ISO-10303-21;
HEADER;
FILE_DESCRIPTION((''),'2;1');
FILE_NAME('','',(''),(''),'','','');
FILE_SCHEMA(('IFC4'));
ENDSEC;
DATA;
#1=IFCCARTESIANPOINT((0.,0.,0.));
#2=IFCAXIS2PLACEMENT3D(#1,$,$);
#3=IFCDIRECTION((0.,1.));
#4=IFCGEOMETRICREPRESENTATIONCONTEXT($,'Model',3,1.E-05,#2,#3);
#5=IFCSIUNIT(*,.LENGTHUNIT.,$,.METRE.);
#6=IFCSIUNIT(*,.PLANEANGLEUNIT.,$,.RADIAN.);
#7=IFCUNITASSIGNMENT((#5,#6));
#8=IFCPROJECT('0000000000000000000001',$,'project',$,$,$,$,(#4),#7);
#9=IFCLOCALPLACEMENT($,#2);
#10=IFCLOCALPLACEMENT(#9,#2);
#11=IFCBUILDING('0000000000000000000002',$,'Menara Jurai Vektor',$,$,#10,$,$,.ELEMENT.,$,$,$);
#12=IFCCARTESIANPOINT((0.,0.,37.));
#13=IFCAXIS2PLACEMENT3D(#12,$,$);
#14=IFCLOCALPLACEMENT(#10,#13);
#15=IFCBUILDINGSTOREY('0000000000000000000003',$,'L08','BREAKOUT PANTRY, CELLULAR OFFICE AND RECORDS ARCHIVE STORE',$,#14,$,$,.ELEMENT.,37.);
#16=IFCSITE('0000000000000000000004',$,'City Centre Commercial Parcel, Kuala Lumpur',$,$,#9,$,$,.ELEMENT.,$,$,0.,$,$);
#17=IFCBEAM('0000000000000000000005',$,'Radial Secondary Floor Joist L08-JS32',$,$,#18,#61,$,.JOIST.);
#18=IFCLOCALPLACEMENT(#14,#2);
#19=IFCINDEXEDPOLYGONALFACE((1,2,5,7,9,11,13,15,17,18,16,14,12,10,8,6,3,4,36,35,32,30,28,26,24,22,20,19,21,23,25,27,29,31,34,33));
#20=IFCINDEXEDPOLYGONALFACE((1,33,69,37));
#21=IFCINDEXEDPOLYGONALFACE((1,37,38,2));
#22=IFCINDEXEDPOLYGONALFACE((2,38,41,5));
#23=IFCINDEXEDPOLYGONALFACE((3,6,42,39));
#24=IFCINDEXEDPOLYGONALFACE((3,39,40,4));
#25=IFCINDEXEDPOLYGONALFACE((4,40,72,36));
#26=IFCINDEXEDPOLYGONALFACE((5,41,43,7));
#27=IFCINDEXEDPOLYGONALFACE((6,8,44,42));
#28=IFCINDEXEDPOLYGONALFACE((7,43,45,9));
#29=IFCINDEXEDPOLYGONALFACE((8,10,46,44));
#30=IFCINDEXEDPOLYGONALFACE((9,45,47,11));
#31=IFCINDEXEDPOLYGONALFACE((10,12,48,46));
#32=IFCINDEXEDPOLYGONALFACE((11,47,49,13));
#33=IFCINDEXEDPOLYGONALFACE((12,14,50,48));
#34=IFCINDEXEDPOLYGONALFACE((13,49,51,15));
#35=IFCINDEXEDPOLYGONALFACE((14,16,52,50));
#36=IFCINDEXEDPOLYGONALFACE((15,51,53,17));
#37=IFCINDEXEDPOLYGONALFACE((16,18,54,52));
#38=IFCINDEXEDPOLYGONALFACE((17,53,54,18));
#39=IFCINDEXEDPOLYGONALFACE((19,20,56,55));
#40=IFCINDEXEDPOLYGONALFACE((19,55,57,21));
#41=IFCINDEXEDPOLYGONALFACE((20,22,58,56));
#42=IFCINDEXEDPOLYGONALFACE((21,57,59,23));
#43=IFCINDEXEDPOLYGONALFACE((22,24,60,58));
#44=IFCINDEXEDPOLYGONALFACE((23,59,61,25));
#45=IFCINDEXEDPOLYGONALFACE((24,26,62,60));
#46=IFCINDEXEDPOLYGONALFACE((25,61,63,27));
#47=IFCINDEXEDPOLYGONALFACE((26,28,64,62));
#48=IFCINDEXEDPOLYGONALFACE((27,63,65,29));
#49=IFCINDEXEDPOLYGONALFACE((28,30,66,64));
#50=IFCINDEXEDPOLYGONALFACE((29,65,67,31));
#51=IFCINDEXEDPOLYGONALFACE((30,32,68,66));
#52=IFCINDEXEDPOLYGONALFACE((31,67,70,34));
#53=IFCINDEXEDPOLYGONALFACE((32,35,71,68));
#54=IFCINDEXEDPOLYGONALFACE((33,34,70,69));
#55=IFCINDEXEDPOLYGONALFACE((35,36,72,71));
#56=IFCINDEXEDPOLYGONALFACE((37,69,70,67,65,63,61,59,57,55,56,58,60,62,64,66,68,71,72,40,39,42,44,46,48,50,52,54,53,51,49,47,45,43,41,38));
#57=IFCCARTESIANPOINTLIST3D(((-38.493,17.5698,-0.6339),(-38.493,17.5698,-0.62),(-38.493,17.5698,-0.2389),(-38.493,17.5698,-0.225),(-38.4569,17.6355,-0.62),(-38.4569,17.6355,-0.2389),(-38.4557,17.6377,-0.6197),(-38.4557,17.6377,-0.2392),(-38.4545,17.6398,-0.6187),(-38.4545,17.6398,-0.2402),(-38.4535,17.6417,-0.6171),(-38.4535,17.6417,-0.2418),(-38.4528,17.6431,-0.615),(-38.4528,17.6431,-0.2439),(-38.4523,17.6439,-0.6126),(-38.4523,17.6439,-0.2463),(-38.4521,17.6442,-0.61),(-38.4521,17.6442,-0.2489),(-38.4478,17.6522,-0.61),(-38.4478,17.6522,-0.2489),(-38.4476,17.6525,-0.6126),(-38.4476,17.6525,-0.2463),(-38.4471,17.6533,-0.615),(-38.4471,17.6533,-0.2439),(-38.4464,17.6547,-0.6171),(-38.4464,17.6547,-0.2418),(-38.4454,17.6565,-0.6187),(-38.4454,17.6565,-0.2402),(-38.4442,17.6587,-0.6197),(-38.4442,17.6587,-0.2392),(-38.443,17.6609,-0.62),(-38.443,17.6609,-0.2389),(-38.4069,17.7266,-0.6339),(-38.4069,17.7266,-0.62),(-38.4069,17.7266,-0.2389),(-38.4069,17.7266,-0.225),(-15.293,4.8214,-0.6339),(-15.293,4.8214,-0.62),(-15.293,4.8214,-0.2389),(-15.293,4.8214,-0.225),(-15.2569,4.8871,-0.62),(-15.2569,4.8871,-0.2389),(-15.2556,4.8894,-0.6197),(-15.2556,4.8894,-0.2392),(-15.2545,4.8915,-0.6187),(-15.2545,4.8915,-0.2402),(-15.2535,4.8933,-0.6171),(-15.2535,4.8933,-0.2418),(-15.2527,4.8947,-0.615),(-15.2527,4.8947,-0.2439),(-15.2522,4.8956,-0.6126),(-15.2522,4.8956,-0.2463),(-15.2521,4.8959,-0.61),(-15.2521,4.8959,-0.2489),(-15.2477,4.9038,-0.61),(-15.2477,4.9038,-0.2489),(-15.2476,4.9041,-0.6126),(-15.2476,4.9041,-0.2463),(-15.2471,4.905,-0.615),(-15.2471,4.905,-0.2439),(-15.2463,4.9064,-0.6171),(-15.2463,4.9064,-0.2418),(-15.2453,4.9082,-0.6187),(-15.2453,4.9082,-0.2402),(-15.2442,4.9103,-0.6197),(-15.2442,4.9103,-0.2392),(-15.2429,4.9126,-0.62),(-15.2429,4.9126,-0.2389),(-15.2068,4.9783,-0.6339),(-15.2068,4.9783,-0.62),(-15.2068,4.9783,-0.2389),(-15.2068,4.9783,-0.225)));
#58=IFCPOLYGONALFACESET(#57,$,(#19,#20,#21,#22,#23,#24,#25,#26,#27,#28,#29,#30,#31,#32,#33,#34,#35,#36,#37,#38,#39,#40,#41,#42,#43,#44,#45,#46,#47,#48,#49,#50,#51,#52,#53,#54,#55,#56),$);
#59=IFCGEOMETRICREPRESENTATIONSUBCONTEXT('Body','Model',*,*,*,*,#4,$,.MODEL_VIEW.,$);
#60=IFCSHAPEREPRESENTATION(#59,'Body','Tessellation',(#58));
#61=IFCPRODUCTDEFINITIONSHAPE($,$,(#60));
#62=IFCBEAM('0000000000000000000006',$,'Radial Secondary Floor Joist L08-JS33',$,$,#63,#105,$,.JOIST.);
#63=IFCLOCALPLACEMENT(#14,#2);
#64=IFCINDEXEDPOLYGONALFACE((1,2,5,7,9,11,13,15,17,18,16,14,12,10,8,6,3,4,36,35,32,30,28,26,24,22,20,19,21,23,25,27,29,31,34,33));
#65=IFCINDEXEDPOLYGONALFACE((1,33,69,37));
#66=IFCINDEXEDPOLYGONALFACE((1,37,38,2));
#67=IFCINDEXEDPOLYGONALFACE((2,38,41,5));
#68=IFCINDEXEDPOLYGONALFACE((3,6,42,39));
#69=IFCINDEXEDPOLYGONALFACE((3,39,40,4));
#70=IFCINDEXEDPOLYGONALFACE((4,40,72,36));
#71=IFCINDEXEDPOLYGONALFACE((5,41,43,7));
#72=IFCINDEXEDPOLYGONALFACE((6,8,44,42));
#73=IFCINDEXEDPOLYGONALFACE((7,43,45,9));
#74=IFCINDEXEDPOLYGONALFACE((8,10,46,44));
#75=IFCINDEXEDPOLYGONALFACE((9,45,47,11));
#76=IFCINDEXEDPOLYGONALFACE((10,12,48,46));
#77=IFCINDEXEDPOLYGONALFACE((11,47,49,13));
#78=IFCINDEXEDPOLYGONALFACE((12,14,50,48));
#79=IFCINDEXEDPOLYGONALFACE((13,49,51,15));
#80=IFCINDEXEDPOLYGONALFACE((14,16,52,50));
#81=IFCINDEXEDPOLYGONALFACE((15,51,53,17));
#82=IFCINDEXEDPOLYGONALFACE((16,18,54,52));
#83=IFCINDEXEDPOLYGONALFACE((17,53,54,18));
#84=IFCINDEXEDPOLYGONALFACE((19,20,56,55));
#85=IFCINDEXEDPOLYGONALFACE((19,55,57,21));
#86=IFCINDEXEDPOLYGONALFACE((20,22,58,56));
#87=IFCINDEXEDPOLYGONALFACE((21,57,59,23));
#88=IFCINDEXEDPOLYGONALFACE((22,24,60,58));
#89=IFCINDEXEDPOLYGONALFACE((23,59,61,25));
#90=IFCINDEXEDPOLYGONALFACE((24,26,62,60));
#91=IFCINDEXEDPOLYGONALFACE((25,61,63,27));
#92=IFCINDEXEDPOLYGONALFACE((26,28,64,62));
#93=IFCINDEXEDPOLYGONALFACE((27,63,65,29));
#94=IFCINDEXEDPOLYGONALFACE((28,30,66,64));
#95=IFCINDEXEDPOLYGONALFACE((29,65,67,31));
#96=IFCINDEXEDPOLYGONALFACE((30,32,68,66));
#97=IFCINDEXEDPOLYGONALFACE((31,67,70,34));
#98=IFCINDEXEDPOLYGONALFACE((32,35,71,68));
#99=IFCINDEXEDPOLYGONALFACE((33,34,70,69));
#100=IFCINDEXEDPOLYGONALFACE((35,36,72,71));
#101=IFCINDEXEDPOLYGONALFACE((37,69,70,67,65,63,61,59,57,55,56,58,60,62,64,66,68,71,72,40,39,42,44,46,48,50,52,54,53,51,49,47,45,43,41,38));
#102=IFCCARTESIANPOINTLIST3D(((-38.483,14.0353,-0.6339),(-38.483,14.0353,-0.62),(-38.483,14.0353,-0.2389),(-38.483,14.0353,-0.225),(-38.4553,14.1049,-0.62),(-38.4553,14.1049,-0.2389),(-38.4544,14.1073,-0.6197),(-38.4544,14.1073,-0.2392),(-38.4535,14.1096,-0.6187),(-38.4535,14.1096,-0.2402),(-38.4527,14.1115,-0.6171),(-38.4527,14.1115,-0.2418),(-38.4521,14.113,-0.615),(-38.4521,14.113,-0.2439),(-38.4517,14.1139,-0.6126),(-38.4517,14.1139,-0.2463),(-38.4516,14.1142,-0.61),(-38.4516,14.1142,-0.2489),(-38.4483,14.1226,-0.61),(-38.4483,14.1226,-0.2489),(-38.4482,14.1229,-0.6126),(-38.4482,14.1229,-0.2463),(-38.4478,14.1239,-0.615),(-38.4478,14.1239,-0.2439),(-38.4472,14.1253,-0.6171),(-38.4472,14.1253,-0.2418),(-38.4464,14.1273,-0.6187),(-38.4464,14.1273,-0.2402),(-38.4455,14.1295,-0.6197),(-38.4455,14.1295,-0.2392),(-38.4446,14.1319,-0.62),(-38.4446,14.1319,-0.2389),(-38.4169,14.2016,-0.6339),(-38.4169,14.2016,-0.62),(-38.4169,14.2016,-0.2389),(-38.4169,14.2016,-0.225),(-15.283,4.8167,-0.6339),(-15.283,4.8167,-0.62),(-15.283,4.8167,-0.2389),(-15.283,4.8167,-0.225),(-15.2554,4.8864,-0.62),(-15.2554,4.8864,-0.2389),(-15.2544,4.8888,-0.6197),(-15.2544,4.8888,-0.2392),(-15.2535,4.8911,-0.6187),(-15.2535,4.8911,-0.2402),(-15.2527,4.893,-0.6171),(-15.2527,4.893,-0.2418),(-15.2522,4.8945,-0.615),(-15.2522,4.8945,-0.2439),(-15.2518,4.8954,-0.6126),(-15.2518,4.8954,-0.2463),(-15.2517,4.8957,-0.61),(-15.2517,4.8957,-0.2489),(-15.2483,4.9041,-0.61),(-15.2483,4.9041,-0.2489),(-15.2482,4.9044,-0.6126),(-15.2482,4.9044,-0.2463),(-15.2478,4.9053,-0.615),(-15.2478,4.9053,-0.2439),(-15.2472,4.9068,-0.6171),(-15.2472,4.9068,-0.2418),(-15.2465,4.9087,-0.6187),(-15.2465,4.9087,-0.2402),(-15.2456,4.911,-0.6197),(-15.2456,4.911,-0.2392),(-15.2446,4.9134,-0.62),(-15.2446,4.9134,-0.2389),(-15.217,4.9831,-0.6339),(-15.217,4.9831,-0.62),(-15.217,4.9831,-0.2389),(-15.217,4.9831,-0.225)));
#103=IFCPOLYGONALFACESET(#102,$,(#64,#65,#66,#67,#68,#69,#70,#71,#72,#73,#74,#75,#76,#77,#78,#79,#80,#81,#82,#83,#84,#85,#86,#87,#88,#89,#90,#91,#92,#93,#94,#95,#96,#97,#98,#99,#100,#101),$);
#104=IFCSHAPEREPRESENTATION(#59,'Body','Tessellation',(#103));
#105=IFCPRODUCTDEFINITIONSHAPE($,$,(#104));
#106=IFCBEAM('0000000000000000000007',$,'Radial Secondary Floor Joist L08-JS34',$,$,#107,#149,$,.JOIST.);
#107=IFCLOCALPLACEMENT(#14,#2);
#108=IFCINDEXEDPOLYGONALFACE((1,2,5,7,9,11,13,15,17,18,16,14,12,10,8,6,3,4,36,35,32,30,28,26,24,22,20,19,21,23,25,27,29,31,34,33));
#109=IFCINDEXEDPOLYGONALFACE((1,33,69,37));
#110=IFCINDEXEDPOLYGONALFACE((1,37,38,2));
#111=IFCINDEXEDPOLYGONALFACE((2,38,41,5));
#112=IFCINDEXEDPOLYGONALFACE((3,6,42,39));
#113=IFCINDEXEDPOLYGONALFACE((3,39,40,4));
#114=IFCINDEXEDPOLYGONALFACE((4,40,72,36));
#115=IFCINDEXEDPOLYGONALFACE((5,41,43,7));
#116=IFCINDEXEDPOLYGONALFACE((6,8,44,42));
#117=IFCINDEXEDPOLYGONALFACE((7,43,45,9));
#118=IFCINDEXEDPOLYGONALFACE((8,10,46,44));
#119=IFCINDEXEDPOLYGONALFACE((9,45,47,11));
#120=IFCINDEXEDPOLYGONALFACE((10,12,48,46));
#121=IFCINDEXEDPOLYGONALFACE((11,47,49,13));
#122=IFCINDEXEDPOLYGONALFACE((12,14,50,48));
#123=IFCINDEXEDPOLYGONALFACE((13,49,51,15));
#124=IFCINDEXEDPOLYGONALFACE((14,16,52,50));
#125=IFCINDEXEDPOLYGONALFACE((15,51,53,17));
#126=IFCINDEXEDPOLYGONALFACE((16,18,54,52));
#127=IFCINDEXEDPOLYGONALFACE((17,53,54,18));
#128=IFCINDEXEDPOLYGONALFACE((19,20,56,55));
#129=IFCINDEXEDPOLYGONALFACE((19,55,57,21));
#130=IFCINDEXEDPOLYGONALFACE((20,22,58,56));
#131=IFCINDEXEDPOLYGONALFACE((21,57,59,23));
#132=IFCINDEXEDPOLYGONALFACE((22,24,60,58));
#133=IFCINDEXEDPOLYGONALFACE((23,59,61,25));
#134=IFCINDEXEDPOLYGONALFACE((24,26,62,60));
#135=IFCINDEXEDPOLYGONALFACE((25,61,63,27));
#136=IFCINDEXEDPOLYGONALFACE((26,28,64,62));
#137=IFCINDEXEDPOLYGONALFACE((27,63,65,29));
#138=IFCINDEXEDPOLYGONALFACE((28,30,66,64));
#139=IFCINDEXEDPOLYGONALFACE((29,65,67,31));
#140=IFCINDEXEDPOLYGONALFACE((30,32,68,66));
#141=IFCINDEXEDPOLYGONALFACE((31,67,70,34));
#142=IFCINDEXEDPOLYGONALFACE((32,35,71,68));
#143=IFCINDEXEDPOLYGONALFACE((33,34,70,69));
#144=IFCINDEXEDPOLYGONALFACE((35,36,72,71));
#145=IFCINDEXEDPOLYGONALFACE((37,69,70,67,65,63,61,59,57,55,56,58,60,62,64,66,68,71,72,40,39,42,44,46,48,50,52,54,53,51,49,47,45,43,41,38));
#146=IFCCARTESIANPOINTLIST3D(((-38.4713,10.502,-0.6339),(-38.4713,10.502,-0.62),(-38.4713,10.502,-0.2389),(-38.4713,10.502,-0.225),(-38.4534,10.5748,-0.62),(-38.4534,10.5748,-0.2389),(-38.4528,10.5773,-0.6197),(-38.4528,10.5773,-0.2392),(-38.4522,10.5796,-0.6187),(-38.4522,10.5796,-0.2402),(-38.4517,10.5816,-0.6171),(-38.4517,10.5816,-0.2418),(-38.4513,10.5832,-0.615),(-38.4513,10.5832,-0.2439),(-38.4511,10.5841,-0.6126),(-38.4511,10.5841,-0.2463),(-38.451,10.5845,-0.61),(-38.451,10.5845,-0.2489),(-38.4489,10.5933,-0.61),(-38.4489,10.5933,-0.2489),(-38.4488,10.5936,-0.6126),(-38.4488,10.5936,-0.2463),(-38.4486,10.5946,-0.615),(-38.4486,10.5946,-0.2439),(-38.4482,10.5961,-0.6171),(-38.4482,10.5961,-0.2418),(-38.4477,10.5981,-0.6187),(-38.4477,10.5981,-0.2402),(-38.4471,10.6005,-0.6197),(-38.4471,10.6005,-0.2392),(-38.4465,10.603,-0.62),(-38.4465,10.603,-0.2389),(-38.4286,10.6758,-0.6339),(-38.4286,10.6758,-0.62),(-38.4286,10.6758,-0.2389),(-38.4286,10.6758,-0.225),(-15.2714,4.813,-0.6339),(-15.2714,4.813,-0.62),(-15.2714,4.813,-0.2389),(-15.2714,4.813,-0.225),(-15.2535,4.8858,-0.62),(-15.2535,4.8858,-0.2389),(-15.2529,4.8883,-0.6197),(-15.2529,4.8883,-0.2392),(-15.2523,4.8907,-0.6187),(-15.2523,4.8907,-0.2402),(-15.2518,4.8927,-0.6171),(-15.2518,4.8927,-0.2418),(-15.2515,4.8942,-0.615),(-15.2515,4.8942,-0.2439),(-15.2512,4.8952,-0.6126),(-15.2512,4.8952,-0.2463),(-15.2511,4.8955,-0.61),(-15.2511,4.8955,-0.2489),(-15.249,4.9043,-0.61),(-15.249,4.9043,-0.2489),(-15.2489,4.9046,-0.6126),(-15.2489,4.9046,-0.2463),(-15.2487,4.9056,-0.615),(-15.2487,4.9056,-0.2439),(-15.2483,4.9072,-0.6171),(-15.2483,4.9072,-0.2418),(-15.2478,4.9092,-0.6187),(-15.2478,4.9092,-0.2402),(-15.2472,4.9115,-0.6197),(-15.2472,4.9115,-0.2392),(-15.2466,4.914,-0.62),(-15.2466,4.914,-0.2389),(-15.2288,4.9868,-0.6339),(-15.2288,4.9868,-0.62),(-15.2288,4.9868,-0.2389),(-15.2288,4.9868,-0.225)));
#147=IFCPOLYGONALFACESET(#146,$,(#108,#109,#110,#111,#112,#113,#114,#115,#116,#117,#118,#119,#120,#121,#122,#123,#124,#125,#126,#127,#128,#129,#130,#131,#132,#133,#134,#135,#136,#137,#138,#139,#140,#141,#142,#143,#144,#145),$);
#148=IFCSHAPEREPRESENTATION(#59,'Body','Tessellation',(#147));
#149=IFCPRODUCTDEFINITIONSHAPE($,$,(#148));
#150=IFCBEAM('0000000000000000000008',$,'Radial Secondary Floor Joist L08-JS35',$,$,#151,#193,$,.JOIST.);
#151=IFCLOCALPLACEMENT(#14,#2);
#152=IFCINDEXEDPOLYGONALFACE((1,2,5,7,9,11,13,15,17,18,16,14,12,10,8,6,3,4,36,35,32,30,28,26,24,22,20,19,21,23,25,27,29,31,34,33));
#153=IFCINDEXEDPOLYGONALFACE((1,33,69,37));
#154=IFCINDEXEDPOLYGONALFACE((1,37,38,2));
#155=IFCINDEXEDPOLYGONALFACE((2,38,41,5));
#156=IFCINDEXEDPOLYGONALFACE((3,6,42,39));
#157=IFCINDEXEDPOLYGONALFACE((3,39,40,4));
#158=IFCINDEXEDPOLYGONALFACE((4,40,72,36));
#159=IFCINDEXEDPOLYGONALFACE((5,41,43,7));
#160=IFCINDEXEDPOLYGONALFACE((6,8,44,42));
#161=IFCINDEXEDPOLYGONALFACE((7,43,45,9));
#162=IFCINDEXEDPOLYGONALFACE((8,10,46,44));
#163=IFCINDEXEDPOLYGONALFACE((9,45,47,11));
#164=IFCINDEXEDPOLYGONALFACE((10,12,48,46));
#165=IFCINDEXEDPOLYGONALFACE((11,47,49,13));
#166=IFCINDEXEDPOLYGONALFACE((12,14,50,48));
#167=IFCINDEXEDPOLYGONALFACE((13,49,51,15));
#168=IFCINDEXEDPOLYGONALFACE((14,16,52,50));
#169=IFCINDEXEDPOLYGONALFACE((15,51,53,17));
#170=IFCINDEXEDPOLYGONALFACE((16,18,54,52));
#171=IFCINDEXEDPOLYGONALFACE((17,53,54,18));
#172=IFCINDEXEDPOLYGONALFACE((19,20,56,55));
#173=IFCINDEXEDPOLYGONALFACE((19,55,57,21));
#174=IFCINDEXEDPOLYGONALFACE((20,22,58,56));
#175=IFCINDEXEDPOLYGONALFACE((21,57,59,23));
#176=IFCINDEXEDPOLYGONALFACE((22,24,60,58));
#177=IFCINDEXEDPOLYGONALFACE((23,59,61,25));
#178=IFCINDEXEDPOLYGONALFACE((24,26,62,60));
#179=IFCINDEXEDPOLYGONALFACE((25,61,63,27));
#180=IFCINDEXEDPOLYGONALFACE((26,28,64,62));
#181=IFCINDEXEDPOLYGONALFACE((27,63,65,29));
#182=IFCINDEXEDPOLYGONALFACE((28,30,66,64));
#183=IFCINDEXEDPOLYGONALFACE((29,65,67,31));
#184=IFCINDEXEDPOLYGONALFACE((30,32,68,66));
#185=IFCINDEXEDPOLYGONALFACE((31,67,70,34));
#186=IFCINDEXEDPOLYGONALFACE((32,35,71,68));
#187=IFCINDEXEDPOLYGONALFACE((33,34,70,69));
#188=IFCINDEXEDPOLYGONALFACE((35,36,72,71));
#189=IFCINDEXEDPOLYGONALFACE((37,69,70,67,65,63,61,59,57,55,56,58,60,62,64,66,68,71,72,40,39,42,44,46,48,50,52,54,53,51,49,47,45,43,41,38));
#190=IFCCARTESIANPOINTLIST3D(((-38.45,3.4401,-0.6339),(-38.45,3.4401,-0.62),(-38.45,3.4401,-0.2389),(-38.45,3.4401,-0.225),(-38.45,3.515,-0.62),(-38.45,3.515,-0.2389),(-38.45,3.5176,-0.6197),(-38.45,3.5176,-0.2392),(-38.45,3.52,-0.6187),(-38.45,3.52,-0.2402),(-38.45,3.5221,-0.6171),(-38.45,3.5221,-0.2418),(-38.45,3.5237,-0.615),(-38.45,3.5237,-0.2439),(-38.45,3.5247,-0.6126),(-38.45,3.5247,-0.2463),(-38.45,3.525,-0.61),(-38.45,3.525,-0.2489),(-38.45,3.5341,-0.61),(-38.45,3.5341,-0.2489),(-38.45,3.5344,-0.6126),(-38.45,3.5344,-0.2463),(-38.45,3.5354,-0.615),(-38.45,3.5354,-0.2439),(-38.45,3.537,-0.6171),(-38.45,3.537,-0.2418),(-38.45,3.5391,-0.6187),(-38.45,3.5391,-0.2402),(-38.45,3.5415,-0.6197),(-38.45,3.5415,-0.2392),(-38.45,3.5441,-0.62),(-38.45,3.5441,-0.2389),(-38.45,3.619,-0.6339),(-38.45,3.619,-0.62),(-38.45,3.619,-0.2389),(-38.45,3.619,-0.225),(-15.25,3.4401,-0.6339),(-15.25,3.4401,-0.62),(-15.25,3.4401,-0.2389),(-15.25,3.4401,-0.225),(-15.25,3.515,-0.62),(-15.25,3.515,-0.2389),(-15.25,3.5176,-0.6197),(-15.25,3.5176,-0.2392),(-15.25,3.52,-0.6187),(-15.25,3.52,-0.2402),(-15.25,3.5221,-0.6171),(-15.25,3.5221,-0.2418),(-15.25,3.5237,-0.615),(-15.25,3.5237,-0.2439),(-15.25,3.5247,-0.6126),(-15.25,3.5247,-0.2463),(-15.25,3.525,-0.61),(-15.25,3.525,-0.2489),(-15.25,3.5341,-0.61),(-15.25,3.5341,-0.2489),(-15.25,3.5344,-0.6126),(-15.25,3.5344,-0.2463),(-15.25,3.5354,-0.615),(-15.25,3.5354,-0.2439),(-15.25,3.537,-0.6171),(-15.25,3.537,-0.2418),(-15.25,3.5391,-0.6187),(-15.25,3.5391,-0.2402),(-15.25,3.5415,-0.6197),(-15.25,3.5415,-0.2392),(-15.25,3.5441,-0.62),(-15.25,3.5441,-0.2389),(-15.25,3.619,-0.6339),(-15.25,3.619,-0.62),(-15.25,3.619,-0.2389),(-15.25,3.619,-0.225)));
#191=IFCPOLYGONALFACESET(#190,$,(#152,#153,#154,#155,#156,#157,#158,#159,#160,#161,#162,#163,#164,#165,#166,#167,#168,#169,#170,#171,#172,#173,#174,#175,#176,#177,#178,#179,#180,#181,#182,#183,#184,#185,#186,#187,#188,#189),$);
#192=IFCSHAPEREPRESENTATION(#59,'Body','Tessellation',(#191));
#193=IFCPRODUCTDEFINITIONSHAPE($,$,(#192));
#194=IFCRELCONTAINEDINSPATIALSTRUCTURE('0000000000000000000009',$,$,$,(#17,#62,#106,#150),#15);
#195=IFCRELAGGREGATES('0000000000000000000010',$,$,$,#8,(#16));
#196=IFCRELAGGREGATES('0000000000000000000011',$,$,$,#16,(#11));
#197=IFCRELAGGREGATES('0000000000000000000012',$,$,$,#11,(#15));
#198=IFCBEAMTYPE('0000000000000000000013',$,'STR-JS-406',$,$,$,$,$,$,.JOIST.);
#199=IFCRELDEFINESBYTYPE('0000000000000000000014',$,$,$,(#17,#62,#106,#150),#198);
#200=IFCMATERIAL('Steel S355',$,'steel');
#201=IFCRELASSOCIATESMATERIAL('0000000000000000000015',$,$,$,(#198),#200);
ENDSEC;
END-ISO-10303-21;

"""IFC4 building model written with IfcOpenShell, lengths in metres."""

from ifc_helpers import new_model, si_unit, direction, frame, origin, origin_2d, place, context, subcontext, project, spatial, i_section, extrude, material, material_profile, profile_set, type_object, element, save


model = new_model("IFC4")

# Units and contexts
model_context = context("Model", 3, precision=1e-05, world=origin(), true_north=direction((0.0, 1.0)))
body_context = subcontext(model_context, "Body", "Model", "MODEL_VIEW")
ifc_project = project(units=[si_unit("LENGTHUNIT", "METRE"), si_unit("PLANEANGLEUNIT", "RADIAN")], contexts=[model_context])

# Site, building, storey
site_placement = place(None, origin())
site = spatial("IfcSite", under=ifc_project, at=site_placement, Name="City Centre Commercial Parcel, Kuala Lumpur", CompositionType="ELEMENT", RefElevation=0.0)
building_placement = place(site_placement, origin())
building = spatial("IfcBuilding", under=site, at=building_placement, Name="Menara Jurai Vektor", CompositionType="ELEMENT")
storey_placement = place(building_placement, frame((0.0, 0.0, 37.0)))
storey = spatial("IfcBuildingStorey", under=building, at=storey_placement, Name="L08", Description="BREAKOUT PANTRY, CELLULAR OFFICE AND RECORDS ARCHIVE STORE", CompositionType="ELEMENT", Elevation=37.0)

# Beams
ifc_material_1 = material(Name="Steel S355", Category="steel")
ifc_material_profile_1 = material_profile(ifc_material_1, i_section(OverallWidth=0.179, OverallDepth=0.4089, WebThickness=0.009, FlangeThickness=0.0139, FilletRadius=0.01, at=origin_2d()), Name="UKB 406x178x67")
ifc_profile_set_1 = profile_set([ifc_material_profile_1], Name="Steel S355")
beam_type_1 = type_object("IfcBeamType", Name="STR-JS-406", PredefinedType="JOIST", material=ifc_profile_set_1)
beam_1_placement = place(storey_placement, frame((-38.45, 17.6482, -0.4294), z_axis=(0.876402, -0.48158, 0.0), x_axis=(0.48158, 0.876402, 0.0)))
element("IfcBeam", 1, at=beam_1_placement, inside=storey, type_object=beam_type_1, Name="Radial Secondary Floor Joist L08-JS32", PredefinedType="JOIST", context=body_context, shape_type="SweptSolid", body=[
    extrude(i_section(OverallWidth=0.179, OverallDepth=0.4089, WebThickness=0.009, FlangeThickness=0.0139, FilletRadius=0.01, at=origin_2d()), origin(), (0.0, 0.0, 1.0), 26.4719),
])
beam_2_placement = place(storey_placement, frame((-38.45, 14.1184, -0.4294), z_axis=(0.929323, -0.369267, 0.0), x_axis=(0.369267, 0.929323, 0.0)))
element("IfcBeam", 2, at=beam_2_placement, inside=storey, type_object=beam_type_1, Name="Radial Secondary Floor Joist L08-JS33", PredefinedType="JOIST", context=body_context, shape_type="SweptSolid", body=[
    extrude(i_section(OverallWidth=0.179, OverallDepth=0.4089, WebThickness=0.009, FlangeThickness=0.0139, FilletRadius=0.01, at=origin_2d()), origin(), (0.0, 0.0, 1.0), 24.9644),
])
beam_3_placement = place(storey_placement, frame((-38.45, 10.5889, -0.4294), z_axis=(0.971226, -0.238159, 0.0), x_axis=(0.238159, 0.971226, 0.0)))
element("IfcBeam", 3, at=beam_3_placement, inside=storey, type_object=beam_type_1, Name="Radial Secondary Floor Joist L08-JS34", PredefinedType="JOIST", context=body_context, shape_type="SweptSolid", body=[
    extrude(i_section(OverallWidth=0.179, OverallDepth=0.4089, WebThickness=0.009, FlangeThickness=0.0139, FilletRadius=0.01, at=origin_2d()), origin(), (0.0, 0.0, 1.0), 23.8872),
])
beam_4_placement = place(storey_placement, frame((-38.45, 3.5295, -0.4294), z_axis=(1.0, 0.0, 0.0), x_axis=(0.0, 1.0, 0.0)))
element("IfcBeam", 4, at=beam_4_placement, inside=storey, type_object=beam_type_1, Name="Radial Secondary Floor Joist L08-JS35", PredefinedType="JOIST", context=body_context, shape_type="SweptSolid", body=[
    extrude(i_section(OverallWidth=0.179, OverallDepth=0.4089, WebThickness=0.009, FlangeThickness=0.0139, FilletRadius=0.01, at=origin_2d()), origin(), (0.0, 0.0, 1.0), 23.2),
])

save(model, "model.ifc")
